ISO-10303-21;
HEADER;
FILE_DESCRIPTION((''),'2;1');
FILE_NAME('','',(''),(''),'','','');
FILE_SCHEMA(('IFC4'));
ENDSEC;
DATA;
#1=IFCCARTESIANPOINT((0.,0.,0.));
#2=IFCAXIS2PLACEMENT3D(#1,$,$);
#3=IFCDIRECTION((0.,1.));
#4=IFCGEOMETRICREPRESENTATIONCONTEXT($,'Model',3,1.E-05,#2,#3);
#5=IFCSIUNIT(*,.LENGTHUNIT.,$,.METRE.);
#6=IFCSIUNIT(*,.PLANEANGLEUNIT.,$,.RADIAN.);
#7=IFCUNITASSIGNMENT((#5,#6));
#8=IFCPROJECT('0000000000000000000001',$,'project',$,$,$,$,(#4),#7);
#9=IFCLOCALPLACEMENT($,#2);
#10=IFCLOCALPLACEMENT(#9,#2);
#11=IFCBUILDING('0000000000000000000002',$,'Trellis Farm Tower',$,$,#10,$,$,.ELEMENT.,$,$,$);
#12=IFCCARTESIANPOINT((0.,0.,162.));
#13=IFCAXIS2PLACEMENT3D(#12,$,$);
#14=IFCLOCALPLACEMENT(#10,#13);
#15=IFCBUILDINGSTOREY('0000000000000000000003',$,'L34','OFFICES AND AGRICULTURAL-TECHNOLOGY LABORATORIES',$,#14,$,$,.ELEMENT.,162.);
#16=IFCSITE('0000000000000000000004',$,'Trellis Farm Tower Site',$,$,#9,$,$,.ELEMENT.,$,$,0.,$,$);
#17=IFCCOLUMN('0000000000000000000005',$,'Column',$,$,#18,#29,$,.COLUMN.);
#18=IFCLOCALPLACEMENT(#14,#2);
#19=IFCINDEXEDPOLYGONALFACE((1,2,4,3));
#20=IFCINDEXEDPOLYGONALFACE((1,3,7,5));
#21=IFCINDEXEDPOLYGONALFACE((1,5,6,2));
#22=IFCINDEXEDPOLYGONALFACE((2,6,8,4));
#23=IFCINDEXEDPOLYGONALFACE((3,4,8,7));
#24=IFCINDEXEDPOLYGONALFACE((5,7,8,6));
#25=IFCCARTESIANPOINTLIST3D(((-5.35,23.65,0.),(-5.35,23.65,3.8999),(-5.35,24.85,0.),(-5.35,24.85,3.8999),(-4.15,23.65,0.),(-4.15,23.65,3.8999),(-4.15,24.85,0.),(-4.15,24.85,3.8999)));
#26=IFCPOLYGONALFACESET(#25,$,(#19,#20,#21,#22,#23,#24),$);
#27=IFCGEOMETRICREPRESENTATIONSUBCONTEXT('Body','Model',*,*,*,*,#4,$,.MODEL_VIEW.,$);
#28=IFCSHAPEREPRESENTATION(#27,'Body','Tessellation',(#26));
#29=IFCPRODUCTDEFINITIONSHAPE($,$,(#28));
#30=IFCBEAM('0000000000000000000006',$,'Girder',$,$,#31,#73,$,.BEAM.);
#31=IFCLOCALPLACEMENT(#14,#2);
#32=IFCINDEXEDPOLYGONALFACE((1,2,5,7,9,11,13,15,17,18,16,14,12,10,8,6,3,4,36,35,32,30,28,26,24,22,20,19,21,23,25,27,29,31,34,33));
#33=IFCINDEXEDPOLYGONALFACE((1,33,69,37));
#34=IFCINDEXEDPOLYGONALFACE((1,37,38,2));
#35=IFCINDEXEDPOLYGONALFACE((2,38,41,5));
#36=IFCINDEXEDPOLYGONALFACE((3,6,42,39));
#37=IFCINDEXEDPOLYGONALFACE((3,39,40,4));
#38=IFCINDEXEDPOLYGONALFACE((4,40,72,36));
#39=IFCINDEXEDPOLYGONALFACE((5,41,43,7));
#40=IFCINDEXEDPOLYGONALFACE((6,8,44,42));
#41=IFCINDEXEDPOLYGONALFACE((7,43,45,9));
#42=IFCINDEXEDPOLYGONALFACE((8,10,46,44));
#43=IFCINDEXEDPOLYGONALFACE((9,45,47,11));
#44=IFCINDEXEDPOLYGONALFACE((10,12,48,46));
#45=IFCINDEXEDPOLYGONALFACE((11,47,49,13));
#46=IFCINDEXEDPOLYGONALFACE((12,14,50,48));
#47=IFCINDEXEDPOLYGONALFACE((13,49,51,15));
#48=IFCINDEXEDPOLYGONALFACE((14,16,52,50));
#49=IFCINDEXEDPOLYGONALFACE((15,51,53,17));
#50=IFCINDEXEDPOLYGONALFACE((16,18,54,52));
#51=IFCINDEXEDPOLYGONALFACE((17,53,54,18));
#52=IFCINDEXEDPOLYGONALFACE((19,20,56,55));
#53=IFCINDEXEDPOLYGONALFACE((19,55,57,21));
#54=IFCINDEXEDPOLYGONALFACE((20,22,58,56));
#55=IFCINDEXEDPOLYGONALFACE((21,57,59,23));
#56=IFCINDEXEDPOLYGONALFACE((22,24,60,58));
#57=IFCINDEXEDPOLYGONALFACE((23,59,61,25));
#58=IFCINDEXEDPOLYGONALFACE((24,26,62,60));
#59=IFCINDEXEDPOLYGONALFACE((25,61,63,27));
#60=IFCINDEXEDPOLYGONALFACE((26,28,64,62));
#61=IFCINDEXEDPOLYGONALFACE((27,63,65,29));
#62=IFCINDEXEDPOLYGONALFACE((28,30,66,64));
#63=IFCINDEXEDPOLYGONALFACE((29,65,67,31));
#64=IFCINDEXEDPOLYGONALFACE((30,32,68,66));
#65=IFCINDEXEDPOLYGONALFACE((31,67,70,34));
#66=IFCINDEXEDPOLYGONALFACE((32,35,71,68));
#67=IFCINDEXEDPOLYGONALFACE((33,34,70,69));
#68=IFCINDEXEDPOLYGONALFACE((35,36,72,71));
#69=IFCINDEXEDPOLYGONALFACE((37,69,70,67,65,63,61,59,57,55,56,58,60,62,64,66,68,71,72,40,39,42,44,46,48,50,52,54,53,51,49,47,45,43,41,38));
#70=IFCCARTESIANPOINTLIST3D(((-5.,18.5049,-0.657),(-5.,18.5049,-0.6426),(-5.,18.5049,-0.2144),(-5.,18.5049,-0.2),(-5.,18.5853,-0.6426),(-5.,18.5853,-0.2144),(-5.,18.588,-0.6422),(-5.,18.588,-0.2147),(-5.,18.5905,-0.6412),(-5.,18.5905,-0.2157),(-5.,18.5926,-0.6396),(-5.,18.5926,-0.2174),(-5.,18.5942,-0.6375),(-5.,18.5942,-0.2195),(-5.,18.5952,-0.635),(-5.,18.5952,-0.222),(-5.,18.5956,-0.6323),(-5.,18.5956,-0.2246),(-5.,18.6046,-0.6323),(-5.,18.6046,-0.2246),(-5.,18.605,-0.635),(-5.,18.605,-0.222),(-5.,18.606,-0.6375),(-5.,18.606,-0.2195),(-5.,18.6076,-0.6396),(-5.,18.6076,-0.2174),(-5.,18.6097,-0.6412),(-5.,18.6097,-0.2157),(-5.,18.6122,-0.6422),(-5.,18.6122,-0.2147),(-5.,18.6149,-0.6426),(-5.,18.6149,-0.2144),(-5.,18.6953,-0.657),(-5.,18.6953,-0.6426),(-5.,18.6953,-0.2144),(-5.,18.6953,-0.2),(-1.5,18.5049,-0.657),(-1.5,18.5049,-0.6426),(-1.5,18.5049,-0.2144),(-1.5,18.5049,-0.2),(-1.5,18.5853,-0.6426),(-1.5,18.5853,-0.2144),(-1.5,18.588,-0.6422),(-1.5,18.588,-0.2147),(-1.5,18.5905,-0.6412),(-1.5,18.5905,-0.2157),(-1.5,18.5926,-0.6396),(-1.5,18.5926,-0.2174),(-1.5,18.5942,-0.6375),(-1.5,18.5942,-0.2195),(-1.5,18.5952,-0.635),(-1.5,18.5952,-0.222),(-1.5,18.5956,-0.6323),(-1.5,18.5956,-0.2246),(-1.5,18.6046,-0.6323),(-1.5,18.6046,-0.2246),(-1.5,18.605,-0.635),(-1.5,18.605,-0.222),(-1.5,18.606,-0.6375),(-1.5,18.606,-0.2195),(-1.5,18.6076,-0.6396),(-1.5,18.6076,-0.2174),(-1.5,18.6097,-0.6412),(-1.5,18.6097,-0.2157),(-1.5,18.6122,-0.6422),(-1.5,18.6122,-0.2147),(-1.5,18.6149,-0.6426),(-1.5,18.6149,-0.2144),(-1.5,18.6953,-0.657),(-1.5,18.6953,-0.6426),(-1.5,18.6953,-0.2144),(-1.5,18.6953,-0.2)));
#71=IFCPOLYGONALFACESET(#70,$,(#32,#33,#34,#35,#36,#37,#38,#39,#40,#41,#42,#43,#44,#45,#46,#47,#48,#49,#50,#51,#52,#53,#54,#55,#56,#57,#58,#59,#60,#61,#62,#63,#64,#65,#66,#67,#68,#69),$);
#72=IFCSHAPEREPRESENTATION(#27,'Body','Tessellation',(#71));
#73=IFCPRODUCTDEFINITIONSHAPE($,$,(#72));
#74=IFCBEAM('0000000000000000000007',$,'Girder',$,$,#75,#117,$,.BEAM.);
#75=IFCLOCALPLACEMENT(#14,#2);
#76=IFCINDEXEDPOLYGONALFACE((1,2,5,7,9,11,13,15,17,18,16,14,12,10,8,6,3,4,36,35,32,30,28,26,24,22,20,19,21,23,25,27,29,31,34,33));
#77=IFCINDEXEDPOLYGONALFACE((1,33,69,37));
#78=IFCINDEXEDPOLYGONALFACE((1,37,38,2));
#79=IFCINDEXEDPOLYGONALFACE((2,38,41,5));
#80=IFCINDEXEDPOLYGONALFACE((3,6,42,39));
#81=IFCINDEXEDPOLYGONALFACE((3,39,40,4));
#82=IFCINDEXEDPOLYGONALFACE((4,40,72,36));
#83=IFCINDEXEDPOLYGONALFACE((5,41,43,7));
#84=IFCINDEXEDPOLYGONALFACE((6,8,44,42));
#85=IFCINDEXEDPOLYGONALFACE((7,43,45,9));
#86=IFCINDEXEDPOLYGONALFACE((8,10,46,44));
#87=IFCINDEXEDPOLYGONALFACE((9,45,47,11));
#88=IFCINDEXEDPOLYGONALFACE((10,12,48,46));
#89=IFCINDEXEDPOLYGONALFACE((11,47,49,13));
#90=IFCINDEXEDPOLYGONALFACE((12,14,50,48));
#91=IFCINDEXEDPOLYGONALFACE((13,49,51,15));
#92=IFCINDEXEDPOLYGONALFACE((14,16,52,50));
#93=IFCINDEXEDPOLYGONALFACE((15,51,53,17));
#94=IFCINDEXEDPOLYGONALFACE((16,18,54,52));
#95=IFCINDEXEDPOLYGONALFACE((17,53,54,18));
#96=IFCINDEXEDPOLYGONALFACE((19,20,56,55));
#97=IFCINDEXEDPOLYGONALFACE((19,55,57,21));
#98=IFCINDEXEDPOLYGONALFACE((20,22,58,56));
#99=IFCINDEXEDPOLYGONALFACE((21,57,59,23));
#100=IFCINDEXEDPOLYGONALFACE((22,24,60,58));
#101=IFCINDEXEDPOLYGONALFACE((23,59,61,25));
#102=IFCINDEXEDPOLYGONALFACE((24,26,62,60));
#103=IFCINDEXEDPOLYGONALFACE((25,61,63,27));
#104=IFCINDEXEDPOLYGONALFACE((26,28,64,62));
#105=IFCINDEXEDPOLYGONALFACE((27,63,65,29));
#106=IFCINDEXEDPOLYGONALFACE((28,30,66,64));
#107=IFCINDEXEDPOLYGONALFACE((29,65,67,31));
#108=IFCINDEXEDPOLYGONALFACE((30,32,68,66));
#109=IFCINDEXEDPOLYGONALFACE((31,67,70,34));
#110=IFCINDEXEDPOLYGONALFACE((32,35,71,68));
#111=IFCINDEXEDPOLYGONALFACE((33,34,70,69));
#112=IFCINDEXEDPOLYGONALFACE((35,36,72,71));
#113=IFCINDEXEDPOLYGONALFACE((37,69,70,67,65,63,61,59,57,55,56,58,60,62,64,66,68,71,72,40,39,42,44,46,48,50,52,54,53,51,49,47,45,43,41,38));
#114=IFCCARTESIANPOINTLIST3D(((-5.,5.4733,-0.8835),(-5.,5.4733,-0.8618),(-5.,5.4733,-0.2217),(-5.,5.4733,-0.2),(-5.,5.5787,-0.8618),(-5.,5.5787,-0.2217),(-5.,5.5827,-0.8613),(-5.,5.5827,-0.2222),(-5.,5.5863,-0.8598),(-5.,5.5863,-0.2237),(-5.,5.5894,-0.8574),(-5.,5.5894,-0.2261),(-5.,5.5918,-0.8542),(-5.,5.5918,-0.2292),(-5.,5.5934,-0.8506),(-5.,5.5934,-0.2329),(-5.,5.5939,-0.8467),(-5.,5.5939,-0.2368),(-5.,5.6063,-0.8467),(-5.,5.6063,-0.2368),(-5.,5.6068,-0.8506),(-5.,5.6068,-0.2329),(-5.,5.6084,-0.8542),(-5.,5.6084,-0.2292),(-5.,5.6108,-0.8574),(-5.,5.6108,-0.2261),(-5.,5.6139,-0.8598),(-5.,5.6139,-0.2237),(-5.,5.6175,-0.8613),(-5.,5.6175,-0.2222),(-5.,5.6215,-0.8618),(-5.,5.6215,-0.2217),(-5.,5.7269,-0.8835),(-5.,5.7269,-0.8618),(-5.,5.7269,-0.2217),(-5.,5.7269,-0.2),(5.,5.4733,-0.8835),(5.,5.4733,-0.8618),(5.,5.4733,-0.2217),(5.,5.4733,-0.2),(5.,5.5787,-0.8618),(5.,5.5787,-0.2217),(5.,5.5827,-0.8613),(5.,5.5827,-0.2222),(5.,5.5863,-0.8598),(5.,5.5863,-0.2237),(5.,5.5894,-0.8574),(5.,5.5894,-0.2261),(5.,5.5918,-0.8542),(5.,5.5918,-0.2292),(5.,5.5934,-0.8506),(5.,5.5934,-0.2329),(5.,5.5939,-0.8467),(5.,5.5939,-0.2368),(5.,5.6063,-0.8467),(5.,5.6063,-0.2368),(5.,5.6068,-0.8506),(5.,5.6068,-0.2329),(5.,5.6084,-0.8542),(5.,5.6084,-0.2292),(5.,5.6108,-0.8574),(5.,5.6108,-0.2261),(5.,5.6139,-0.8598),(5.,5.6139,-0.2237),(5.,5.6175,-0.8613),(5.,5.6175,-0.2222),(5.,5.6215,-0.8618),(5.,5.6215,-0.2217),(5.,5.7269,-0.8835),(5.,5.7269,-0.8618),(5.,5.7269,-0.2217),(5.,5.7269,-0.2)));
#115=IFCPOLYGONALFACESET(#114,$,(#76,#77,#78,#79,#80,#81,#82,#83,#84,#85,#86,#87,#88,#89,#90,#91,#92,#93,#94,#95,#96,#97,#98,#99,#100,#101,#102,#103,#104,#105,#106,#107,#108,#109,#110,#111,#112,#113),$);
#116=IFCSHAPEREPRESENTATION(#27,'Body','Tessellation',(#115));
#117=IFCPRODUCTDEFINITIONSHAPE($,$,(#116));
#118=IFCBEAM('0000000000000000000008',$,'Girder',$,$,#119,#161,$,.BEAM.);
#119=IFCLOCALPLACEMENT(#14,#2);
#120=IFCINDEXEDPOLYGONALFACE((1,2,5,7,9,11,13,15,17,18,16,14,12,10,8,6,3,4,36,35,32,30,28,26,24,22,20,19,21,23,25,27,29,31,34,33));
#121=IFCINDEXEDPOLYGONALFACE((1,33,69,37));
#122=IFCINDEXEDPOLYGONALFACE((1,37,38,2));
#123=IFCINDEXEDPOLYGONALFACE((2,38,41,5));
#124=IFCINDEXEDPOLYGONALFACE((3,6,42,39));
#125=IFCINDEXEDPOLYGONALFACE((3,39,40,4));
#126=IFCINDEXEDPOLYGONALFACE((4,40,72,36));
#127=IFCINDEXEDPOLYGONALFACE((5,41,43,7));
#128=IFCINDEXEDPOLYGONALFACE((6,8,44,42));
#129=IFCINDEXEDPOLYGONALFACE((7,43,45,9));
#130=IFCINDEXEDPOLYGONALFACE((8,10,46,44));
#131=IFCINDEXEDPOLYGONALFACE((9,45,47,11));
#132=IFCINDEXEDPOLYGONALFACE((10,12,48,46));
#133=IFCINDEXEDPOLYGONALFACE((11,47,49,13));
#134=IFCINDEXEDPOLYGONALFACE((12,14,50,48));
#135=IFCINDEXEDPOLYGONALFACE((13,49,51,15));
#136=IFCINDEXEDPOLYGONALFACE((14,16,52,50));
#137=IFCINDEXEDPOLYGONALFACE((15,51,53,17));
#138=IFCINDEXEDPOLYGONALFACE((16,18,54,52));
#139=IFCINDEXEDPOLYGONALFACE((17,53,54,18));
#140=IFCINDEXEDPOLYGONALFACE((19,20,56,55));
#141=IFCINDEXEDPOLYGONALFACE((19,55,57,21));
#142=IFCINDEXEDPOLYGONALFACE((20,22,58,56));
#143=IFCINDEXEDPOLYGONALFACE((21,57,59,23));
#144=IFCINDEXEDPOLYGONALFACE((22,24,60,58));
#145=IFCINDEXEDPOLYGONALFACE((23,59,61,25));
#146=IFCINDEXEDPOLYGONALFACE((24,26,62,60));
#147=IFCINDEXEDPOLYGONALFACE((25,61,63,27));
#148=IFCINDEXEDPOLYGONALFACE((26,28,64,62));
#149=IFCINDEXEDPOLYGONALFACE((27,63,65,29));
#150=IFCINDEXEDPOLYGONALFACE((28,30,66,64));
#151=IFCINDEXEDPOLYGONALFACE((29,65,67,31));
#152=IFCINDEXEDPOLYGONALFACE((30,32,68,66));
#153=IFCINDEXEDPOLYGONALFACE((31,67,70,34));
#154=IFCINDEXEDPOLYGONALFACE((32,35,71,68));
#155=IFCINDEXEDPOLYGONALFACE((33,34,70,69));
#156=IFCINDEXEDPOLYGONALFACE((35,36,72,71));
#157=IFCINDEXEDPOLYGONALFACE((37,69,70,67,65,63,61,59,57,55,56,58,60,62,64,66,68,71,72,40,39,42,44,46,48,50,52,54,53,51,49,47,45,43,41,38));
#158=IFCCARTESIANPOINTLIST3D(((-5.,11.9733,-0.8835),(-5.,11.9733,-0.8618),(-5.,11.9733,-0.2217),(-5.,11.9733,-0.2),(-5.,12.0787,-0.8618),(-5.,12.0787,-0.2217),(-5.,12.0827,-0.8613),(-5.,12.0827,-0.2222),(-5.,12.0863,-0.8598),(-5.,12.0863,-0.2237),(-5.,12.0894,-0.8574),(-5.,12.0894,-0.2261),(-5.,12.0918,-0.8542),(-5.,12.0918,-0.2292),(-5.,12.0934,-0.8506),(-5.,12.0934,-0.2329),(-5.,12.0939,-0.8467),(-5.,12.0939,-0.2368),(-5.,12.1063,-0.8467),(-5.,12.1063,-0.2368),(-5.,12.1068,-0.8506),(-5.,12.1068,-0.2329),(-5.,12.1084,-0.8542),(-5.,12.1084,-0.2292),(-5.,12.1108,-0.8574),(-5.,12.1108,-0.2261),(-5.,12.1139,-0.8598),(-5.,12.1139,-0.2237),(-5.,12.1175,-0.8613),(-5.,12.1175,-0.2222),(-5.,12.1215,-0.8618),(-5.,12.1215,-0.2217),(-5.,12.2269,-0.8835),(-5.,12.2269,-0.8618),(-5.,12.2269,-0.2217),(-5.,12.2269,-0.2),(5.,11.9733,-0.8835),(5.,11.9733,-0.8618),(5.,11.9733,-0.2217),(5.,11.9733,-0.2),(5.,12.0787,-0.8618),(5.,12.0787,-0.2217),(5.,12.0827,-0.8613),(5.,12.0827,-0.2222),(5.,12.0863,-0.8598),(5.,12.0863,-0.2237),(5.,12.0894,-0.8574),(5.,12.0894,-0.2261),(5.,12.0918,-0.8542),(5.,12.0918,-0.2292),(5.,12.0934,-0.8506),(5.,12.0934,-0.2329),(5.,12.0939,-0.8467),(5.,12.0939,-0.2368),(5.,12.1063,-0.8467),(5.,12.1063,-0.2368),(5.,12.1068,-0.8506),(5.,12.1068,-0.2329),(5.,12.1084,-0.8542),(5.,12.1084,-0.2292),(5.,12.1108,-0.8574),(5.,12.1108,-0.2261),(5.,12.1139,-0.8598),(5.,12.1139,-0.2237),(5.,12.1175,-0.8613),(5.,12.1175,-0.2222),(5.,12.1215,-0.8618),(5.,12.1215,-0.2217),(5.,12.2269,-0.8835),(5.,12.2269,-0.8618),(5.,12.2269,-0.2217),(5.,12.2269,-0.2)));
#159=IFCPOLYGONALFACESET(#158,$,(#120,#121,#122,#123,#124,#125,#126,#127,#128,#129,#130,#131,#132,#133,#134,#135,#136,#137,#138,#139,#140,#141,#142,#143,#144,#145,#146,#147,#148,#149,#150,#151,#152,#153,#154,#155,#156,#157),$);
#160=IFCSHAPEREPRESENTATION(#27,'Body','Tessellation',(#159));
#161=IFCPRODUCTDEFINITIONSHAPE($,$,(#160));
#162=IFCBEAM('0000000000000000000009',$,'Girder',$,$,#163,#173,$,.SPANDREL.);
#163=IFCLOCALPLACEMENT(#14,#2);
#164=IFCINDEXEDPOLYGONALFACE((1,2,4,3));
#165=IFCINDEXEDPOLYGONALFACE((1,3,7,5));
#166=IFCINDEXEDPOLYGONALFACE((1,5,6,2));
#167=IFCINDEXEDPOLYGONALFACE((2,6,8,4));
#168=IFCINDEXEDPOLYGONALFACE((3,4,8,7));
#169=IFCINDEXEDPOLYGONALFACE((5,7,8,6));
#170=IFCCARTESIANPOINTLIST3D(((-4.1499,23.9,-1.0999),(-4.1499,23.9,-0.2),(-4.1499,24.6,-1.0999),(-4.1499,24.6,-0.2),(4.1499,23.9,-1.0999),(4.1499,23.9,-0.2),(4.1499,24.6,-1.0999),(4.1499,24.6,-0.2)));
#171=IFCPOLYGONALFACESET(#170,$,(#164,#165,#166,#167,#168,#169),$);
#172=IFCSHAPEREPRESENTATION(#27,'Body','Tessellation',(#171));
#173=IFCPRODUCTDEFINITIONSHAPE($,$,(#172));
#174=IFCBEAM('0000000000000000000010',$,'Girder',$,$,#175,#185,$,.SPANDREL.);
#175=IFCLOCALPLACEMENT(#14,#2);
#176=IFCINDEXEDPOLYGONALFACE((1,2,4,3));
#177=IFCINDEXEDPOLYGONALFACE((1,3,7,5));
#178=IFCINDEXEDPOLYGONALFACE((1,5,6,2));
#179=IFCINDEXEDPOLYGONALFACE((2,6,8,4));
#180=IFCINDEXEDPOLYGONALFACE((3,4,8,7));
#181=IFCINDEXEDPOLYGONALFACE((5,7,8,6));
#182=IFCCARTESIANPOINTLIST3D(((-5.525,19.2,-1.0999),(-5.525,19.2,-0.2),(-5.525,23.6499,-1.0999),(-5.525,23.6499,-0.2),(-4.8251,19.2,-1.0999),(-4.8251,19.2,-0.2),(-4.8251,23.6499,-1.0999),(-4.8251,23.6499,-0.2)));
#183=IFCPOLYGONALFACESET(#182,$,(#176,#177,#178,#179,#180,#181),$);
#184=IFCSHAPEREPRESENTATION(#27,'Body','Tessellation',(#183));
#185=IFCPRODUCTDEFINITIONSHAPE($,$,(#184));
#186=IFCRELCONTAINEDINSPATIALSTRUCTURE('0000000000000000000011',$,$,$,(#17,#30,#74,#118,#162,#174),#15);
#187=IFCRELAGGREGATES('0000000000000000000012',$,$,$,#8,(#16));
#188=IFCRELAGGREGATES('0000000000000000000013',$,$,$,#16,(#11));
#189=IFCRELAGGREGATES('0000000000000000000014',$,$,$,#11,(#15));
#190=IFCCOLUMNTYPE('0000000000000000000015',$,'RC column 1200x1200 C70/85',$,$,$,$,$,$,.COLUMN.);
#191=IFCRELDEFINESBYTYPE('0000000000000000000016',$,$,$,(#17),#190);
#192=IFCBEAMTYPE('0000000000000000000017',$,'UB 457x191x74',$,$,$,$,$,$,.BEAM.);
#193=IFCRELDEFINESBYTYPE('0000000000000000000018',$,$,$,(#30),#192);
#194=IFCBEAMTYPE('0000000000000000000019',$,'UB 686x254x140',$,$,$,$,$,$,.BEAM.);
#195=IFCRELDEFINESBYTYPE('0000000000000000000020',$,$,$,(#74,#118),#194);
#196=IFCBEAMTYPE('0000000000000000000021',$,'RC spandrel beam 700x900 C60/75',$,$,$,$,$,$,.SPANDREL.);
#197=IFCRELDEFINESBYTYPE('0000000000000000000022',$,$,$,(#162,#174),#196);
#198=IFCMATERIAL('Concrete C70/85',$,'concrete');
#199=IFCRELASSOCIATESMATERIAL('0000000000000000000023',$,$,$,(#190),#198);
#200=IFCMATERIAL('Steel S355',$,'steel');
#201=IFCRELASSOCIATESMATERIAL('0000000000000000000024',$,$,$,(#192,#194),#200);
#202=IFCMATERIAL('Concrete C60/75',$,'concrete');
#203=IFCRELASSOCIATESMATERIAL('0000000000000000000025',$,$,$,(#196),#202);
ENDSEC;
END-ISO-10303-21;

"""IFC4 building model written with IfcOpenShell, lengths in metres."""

from ifc_helpers import new_model, si_unit, direction, frame, origin, origin_2d, place, context, subcontext, project, spatial, rectangle, i_section, extrude, source, transform, mapped, material, material_profile, profile_set, type_object, element, save


model = new_model("IFC4")

# Units and contexts
model_context = context("Model", 3, precision=1e-05, world=origin(), true_north=direction((0.0, 1.0)))
body_context = subcontext(model_context, "Body", "Model", "MODEL_VIEW")
ifc_project = project(units=[si_unit("LENGTHUNIT", "METRE"), si_unit("PLANEANGLEUNIT", "RADIAN")], contexts=[model_context])

# Site, building, storey
site_placement = place(None, origin())
site = spatial("IfcSite", under=ifc_project, at=site_placement, Name="Trellis Farm Tower Site", CompositionType="ELEMENT", RefElevation=0.0)
building_placement = place(site_placement, origin())
building = spatial("IfcBuilding", under=site, at=building_placement, Name="Trellis Farm Tower", CompositionType="ELEMENT")
storey_placement = place(building_placement, frame((0.0, 0.0, 162.0)))
storey = spatial("IfcBuildingStorey", under=building, at=storey_placement, Name="L34", Description="OFFICES AND AGRICULTURAL-TECHNOLOGY LABORATORIES", CompositionType="ELEMENT", Elevation=162.0)

# Column
ifc_material_1 = material(Name="Concrete C70/85", Category="concrete")
ifc_material_profile_1 = material_profile(ifc_material_1, rectangle(XDim=1.2, YDim=1.2, at=origin_2d()), Name="RC column 1200x1200 C70/85")
ifc_profile_set_1 = profile_set([ifc_material_profile_1], Name="Concrete C70/85")
column_type = type_object("IfcColumnType", Name="RC column 1200x1200 C70/85", PredefinedType="COLUMN", material=ifc_profile_set_1)
shared_shape_1 = source(origin(), body_context, "Body", "SweptSolid", [
    extrude(rectangle(XDim=1.2, YDim=1.2, at=origin_2d()), origin(), (0.0, 0.0, 1.0), 3.8999),
])
column_placement = place(storey_placement, frame((-4.75, 24.25, 0.0), z_axis=(0.0, 0.0, 1.0), x_axis=(1.0, 0.0, 0.0)))
element("IfcColumn", 1, at=column_placement, inside=storey, type_object=column_type, Name="Column", PredefinedType="COLUMN", context=body_context, shape_type="MappedRepresentation", body=[
    mapped(shared_shape_1, transform((0.0, 0.0, 0.0))),
])

# Beams
ifc_material_2 = material(Name="Steel S355", Category="steel")
ifc_material_profile_2 = material_profile(ifc_material_2, i_section(OverallWidth=0.1904, OverallDepth=0.457, WebThickness=0.009, FlangeThickness=0.0144, FilletRadius=0.0103, at=origin_2d()), Name="UB 457x191x74")
ifc_profile_set_2 = profile_set([ifc_material_profile_2], Name="Steel S355")
beam_type_1 = type_object("IfcBeamType", Name="UB 457x191x74", PredefinedType="BEAM", material=ifc_profile_set_2)
shared_shape_2 = source(origin(), body_context, "Body", "SweptSolid", [
    extrude(i_section(OverallWidth=0.1904, OverallDepth=0.457, WebThickness=0.009, FlangeThickness=0.0144, FilletRadius=0.0103, at=origin_2d()), origin(), (0.0, 0.0, 1.0), 3.5),
])
beam_1_placement = place(storey_placement, frame((-5.0, 18.6001, -0.4285), z_axis=(1.0, 0.0, 0.0), x_axis=(0.0, 1.0, 0.0)))
element("IfcBeam", 2, at=beam_1_placement, inside=storey, type_object=beam_type_1, Name="Girder", PredefinedType="BEAM", context=body_context, shape_type="MappedRepresentation", body=[
    mapped(shared_shape_2, transform((0.0, 0.0, 0.0))),
])
ifc_material_profile_3 = material_profile(ifc_material_2, i_section(OverallWidth=0.2537, OverallDepth=0.6836, WebThickness=0.0125, FlangeThickness=0.0217, FilletRadius=0.0151, at=origin_2d()), Name="UB 686x254x140")
ifc_profile_set_3 = profile_set([ifc_material_profile_3], Name="Steel S355")
beam_type_2 = type_object("IfcBeamType", Name="UB 686x254x140", PredefinedType="BEAM", material=ifc_profile_set_3)
shared_shape_3 = source(origin(), body_context, "Body", "SweptSolid", [
    extrude(i_section(OverallWidth=0.2537, OverallDepth=0.6836, WebThickness=0.0125, FlangeThickness=0.0217, FilletRadius=0.0151, at=origin_2d()), origin(), (0.0, 0.0, 1.0), 10.0),
])
for number, where, z_axis, x_axis, name in (
    (3, (-5.0, 5.6001, -0.5417), (1.0, 0.0, 0.0), (0.0, 1.0, 0.0), "Girder"),
    (4, (-5.0, 12.1001, -0.5417), (1.0, 0.0, 0.0), (0.0, 1.0, 0.0), "Girder"),
):
    element("IfcBeam", number, at=place(storey_placement, frame(where, z_axis=z_axis, x_axis=x_axis)), inside=storey, type_object=beam_type_2, Name=name, PredefinedType="BEAM", context=body_context, shape_type="MappedRepresentation", body=[
        mapped(shared_shape_3, transform((0.0, 0.0, 0.0))),
    ])
ifc_material_3 = material(Name="Concrete C60/75", Category="concrete")
ifc_material_profile_4 = material_profile(ifc_material_3, rectangle(XDim=0.7, YDim=0.8999, at=origin_2d()), Name="RC spandrel beam 700x900 C60/75")
ifc_profile_set_4 = profile_set([ifc_material_profile_4], Name="Concrete C60/75")
beam_type_3 = type_object("IfcBeamType", Name="RC spandrel beam 700x900 C60/75", PredefinedType="SPANDREL", material=ifc_profile_set_4)
shared_shape_4 = source(origin(), body_context, "Body", "SweptSolid", [
    extrude(rectangle(XDim=0.7, YDim=0.8999, at=origin_2d()), origin(), (0.0, 0.0, 1.0), 8.2998),
])
beam_2_placement = place(storey_placement, frame((-4.1499, 24.25, -0.6499), z_axis=(1.0, 0.0, 0.0), x_axis=(0.0, 1.0, 0.0)))
element("IfcBeam", 5, at=beam_2_placement, inside=storey, type_object=beam_type_3, Name="Girder", PredefinedType="SPANDREL", context=body_context, shape_type="MappedRepresentation", body=[
    mapped(shared_shape_4, transform((0.0, 0.0, 0.0))),
])
shared_shape_5 = source(origin(), body_context, "Body", "SweptSolid", [
    extrude(rectangle(XDim=0.7, YDim=0.8999, at=origin_2d()), origin(), (0.0, 0.0, 1.0), 4.45),
])
beam_3_placement = place(storey_placement, frame((-5.175, 19.2, -0.6499), z_axis=(0.0, 1.0, 0.0), x_axis=(-1.0, 0.0, 0.0)))
element("IfcBeam", 6, at=beam_3_placement, inside=storey, type_object=beam_type_3, Name="Girder", PredefinedType="SPANDREL", context=body_context, shape_type="MappedRepresentation", body=[
    mapped(shared_shape_5, transform((0.0, 0.0, 0.0))),
])

save(model, "model.ifc")
